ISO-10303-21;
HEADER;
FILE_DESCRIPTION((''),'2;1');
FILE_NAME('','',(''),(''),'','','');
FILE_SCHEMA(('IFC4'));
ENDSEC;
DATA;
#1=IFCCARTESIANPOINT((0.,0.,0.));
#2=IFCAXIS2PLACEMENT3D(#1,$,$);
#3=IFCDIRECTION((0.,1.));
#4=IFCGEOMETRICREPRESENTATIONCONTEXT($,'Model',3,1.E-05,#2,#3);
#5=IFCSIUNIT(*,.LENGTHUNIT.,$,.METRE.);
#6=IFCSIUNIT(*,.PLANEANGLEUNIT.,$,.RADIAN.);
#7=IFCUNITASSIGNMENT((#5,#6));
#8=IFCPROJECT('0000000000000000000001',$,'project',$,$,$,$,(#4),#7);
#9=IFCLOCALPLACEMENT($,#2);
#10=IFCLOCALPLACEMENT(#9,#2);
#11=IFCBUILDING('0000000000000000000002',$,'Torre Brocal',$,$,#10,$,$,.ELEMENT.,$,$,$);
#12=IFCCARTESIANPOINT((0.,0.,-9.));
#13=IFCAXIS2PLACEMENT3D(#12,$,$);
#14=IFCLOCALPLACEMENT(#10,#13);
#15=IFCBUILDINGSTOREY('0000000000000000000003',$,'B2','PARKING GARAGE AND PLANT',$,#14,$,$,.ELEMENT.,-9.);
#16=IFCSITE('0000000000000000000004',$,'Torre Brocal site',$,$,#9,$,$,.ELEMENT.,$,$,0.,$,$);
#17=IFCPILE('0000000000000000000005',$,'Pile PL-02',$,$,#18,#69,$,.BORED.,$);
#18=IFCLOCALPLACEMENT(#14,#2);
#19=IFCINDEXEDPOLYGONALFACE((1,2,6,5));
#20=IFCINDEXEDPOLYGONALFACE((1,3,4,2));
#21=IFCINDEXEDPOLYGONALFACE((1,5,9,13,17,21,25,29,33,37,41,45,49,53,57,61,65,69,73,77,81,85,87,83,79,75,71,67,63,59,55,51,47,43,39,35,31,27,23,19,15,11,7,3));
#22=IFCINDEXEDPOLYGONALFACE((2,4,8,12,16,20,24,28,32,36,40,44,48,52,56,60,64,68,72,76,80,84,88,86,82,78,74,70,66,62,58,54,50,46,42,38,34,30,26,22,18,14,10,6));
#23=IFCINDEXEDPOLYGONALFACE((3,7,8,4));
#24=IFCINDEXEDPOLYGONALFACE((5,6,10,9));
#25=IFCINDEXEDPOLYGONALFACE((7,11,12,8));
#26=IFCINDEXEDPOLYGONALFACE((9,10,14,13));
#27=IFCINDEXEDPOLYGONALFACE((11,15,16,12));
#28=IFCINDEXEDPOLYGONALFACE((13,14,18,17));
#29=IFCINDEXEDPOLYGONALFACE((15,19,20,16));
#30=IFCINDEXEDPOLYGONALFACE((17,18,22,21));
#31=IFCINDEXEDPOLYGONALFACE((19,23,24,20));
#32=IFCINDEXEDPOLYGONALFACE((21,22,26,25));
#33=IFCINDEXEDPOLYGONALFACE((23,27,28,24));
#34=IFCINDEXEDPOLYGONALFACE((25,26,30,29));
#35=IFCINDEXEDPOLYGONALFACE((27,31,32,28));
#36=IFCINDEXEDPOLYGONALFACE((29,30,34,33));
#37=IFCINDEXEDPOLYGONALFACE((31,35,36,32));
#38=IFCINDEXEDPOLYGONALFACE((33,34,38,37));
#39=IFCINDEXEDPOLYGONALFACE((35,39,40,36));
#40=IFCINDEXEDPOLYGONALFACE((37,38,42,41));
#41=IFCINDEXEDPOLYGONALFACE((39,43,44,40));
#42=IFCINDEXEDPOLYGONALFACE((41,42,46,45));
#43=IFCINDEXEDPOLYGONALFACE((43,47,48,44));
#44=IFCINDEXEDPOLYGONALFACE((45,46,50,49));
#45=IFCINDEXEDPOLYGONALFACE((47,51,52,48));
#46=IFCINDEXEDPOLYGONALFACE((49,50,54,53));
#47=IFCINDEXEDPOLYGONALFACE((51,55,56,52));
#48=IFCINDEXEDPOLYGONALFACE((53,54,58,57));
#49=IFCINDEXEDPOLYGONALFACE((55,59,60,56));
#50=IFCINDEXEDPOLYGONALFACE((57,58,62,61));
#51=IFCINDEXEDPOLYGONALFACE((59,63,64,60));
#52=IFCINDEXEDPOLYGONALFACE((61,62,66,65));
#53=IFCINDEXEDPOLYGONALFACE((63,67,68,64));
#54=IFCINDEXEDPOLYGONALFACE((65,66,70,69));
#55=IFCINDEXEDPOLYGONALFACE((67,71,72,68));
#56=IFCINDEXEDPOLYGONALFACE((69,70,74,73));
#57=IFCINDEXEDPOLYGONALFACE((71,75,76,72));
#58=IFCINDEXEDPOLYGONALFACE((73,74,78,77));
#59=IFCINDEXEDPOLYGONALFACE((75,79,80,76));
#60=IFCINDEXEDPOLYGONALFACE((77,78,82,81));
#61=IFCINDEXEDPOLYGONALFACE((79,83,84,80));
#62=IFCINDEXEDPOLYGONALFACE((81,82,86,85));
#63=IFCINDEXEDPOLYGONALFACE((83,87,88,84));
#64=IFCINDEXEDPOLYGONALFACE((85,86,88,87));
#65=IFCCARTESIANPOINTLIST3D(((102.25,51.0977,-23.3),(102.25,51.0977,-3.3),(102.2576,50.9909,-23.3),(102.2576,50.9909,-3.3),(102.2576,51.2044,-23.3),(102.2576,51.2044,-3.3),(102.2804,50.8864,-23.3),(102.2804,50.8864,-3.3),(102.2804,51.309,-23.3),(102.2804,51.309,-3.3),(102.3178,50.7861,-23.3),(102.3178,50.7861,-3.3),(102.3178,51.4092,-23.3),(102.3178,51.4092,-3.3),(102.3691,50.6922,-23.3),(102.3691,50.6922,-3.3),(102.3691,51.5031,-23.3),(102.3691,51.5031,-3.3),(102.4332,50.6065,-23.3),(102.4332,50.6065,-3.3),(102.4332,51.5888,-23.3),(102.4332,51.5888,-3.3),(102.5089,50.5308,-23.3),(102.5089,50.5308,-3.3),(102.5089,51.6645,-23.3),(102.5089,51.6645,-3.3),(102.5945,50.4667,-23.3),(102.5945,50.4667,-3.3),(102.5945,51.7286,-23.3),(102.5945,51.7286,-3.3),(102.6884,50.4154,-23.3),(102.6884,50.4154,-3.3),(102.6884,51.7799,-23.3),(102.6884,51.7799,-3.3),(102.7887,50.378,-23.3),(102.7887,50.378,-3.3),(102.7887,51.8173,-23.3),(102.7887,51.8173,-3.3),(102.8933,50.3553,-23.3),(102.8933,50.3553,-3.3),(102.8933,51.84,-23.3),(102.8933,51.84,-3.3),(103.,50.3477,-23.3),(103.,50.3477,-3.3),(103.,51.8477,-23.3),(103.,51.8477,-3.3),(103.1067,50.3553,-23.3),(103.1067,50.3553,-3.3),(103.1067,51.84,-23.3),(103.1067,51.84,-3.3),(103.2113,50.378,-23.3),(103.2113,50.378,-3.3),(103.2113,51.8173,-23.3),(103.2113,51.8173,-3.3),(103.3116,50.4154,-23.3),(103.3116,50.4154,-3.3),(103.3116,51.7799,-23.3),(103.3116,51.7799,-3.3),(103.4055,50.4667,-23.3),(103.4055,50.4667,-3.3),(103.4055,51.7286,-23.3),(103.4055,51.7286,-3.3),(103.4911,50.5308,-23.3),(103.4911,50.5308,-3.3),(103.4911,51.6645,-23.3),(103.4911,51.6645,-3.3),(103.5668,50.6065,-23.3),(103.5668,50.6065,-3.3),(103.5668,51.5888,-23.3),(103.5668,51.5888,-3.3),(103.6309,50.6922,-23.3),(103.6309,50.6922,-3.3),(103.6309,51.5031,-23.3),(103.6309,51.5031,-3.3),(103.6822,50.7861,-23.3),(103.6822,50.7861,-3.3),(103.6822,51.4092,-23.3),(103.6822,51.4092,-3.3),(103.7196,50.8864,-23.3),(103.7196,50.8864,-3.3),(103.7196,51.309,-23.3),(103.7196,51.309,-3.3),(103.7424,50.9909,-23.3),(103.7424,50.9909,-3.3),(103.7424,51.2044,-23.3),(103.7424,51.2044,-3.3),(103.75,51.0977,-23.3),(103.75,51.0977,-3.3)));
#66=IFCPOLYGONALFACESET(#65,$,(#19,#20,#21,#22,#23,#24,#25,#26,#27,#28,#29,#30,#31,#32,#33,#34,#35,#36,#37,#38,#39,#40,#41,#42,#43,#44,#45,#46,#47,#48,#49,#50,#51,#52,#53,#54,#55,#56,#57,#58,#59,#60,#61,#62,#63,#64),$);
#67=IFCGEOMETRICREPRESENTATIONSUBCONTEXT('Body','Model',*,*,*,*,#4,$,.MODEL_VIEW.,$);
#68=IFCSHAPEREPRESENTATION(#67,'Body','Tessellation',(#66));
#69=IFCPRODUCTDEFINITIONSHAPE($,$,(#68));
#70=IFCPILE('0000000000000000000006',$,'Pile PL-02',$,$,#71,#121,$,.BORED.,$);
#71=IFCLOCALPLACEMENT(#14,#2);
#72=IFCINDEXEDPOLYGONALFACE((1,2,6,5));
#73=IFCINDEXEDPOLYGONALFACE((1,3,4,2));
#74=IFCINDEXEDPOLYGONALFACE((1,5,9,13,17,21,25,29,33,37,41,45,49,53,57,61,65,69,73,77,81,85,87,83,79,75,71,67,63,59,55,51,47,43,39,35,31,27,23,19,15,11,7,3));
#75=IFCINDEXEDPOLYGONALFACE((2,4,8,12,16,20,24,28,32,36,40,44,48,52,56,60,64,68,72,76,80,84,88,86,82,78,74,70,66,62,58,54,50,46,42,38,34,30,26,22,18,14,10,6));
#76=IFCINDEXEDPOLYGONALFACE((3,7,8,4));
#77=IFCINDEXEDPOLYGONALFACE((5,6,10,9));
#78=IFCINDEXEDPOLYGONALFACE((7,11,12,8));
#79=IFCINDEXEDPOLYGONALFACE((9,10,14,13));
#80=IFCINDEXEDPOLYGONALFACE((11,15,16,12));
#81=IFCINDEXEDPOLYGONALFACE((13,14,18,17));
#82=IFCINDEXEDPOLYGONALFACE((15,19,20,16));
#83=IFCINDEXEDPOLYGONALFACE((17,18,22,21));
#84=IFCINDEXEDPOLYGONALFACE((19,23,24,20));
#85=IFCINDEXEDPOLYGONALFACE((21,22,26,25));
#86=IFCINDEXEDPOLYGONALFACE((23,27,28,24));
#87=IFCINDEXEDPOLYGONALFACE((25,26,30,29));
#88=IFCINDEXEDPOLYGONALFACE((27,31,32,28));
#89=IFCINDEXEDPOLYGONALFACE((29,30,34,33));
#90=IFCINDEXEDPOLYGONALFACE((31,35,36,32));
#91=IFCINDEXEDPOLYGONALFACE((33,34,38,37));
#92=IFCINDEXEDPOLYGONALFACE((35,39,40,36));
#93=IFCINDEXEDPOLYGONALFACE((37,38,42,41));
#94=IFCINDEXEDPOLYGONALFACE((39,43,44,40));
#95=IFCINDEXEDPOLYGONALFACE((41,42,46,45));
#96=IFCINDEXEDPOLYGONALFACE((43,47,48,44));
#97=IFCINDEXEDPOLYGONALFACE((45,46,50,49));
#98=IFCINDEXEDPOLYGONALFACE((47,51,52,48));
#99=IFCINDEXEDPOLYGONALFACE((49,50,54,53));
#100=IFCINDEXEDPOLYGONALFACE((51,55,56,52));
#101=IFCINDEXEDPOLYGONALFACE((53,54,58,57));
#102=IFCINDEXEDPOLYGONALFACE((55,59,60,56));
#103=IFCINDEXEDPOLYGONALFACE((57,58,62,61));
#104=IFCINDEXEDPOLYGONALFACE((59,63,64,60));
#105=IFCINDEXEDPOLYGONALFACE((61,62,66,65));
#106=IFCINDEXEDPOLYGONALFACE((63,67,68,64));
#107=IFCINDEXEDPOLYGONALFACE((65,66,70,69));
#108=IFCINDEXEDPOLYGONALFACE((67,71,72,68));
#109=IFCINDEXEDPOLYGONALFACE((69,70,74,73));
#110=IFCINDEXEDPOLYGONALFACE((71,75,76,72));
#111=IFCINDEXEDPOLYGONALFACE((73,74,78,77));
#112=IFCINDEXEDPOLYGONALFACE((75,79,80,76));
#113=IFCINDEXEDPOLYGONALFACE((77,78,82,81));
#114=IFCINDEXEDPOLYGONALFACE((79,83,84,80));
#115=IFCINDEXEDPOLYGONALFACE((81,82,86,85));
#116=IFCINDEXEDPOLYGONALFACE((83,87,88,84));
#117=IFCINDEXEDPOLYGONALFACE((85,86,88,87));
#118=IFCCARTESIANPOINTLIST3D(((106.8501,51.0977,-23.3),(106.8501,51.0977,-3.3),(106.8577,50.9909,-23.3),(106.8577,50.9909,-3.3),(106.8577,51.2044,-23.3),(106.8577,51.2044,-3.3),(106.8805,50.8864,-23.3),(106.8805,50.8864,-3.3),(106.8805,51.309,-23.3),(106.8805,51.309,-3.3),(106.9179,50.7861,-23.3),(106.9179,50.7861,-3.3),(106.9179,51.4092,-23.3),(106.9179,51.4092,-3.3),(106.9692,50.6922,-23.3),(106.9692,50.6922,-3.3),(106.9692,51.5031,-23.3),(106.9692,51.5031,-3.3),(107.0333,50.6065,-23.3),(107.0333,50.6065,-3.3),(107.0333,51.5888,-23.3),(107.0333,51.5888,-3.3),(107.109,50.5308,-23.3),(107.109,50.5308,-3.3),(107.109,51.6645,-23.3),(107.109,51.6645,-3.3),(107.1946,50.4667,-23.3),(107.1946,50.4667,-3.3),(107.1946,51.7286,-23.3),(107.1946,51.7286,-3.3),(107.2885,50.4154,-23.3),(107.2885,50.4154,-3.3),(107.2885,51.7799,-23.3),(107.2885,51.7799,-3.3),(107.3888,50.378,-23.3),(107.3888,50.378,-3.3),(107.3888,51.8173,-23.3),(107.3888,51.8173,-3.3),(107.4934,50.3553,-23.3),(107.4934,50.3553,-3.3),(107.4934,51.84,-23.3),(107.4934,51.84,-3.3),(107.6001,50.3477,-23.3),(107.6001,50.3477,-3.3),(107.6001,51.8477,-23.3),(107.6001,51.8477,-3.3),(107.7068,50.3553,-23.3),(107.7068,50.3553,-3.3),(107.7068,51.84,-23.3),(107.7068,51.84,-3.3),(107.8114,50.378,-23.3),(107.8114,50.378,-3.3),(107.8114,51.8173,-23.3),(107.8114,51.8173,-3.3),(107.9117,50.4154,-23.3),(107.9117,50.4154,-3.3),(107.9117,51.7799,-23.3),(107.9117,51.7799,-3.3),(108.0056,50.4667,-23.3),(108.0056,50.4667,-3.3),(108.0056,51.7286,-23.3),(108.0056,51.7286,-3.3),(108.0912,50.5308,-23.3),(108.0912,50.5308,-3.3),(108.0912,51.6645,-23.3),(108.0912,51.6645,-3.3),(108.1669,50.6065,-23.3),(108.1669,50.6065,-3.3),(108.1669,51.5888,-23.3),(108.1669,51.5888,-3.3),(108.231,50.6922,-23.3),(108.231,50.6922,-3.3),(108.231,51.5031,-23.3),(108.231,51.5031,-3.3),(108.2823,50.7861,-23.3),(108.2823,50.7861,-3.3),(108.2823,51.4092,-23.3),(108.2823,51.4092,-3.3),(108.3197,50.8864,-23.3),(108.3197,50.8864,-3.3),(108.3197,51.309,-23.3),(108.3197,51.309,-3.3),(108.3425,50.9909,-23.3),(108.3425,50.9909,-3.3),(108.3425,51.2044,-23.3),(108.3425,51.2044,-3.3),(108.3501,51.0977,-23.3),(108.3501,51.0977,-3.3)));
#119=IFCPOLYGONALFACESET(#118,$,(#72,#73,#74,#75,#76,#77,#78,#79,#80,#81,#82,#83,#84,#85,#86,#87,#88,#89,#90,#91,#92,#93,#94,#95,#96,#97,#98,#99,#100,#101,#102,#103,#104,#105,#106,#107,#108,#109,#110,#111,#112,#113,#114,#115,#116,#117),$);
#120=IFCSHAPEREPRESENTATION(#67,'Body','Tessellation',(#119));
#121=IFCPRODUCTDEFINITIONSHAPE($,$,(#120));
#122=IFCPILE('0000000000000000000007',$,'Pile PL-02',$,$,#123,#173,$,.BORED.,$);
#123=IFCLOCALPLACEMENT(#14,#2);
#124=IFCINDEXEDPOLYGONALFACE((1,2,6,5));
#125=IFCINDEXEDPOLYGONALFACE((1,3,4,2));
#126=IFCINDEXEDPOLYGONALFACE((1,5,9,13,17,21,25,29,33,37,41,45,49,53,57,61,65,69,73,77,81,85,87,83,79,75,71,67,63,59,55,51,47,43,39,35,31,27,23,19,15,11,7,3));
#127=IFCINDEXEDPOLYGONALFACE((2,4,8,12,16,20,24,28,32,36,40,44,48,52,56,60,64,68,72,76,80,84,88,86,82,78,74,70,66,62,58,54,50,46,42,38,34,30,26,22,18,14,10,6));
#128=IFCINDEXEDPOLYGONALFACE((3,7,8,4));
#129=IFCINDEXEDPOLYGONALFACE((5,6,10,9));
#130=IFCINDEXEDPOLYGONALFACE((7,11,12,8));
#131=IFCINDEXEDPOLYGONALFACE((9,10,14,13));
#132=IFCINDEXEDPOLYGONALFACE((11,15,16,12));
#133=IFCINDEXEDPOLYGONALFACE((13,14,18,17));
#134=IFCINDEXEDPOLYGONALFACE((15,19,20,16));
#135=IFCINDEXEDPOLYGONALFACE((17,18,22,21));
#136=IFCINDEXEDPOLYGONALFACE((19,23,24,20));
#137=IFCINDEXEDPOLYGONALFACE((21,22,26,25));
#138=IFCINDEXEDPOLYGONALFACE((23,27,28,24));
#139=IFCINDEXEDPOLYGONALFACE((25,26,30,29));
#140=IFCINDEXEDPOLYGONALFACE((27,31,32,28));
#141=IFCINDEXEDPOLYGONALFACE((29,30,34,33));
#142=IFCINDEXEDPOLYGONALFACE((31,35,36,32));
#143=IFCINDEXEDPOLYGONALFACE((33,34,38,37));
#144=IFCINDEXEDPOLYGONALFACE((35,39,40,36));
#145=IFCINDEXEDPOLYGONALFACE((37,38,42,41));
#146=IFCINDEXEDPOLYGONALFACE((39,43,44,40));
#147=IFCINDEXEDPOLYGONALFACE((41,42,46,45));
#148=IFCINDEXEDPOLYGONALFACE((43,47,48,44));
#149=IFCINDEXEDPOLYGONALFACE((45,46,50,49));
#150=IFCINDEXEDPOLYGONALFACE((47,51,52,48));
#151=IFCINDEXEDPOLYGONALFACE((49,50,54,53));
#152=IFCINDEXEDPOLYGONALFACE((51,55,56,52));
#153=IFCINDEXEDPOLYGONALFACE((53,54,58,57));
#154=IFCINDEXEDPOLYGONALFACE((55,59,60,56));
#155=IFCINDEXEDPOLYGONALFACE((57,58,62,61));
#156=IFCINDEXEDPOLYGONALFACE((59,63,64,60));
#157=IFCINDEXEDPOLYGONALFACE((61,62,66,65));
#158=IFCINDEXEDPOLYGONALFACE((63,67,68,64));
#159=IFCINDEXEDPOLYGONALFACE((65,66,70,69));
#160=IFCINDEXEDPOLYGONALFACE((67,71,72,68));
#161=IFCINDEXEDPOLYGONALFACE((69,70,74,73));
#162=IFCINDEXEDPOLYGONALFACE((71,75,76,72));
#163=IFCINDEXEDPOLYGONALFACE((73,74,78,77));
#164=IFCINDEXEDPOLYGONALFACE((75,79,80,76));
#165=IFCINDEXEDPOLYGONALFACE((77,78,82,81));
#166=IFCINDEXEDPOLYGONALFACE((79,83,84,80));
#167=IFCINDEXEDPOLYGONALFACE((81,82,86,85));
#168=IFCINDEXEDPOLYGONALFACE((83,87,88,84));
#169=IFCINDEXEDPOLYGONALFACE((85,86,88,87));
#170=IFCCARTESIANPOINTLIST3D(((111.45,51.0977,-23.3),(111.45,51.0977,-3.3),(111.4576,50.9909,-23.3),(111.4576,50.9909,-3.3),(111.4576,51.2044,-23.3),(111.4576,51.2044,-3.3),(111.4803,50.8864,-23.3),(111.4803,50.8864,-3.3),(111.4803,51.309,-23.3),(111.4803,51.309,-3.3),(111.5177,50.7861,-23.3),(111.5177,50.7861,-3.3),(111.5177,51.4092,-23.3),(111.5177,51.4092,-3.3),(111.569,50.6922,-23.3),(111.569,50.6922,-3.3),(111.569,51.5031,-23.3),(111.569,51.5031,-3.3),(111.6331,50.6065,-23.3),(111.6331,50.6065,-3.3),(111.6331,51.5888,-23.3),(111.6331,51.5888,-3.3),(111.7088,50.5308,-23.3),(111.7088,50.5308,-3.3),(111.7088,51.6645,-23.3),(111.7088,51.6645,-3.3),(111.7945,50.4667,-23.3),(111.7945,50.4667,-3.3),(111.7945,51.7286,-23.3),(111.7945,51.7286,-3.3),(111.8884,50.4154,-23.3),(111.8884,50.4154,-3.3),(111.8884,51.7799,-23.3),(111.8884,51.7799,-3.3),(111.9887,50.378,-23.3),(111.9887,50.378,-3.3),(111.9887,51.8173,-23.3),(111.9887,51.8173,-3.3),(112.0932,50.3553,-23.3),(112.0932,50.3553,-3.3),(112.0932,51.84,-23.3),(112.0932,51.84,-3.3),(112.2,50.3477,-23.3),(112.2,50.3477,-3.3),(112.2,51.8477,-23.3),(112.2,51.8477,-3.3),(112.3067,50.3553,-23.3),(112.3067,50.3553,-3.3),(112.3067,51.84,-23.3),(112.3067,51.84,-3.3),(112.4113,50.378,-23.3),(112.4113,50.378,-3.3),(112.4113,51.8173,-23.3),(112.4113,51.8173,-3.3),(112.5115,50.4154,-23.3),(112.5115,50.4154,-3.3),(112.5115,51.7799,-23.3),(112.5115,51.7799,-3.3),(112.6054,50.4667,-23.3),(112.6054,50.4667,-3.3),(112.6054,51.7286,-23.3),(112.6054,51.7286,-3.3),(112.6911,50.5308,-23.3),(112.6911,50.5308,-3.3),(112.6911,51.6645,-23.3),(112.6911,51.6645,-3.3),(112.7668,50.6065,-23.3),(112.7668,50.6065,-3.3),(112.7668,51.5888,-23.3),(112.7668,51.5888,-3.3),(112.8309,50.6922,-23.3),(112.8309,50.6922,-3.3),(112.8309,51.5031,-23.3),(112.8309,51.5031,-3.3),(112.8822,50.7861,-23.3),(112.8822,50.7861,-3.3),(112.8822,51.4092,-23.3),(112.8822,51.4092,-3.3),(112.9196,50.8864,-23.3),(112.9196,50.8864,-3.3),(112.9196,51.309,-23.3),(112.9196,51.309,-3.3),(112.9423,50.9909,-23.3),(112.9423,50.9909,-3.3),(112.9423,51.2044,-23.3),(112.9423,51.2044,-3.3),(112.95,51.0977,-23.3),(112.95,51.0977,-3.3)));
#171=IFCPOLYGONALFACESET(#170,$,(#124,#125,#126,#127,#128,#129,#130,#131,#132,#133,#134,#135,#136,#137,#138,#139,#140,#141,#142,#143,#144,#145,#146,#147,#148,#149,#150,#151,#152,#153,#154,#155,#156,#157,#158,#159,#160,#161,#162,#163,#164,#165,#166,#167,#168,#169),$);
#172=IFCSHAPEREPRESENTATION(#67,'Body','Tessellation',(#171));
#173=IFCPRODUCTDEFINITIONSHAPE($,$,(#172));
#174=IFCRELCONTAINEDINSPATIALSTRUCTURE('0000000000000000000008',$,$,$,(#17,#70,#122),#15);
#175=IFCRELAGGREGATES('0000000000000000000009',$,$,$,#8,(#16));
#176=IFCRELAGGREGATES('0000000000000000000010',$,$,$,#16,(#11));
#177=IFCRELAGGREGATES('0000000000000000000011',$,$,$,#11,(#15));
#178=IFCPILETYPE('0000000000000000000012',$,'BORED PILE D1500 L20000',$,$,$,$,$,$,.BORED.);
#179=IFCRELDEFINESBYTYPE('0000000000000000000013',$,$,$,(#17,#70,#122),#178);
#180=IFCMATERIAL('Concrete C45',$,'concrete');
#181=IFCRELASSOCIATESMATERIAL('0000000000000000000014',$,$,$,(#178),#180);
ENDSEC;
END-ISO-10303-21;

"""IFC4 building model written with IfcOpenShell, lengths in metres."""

from ifc_helpers import new_model, si_unit, direction, frame, origin, origin_2d, place, context, subcontext, project, spatial, circle, extrude, material, material_profile, profile_set, type_object, element, save


model = new_model("IFC4")

# Units and contexts
model_context = context("Model", 3, precision=1e-05, world=origin(), true_north=direction((0.0, 1.0)))
body_context = subcontext(model_context, "Body", "Model", "MODEL_VIEW")
ifc_project = project(units=[si_unit("LENGTHUNIT", "METRE"), si_unit("PLANEANGLEUNIT", "RADIAN")], contexts=[model_context])

# Site, building, storey
site_placement = place(None, origin())
site = spatial("IfcSite", under=ifc_project, at=site_placement, Name="Torre Brocal site", CompositionType="ELEMENT", RefElevation=0.0)
building_placement = place(site_placement, origin())
building = spatial("IfcBuilding", under=site, at=building_placement, Name="Torre Brocal", CompositionType="ELEMENT")
storey_placement = place(building_placement, frame((0.0, 0.0, -9.0)))
storey = spatial("IfcBuildingStorey", under=building, at=storey_placement, Name="B2", Description="PARKING GARAGE AND PLANT", CompositionType="ELEMENT", Elevation=-9.0)

# Piles
ifc_material_1 = material(Name="Concrete C45", Category="concrete")
ifc_material_profile_1 = material_profile(ifc_material_1, circle(Radius=0.75, at=origin_2d()), Name="BORED PILE D1500")
ifc_profile_set_1 = profile_set([ifc_material_profile_1], Name="Concrete C45")
pile_type_1 = type_object("IfcPileType", Name="BORED PILE D1500 L20000", PredefinedType="BORED", material=ifc_profile_set_1)
for number, where, z_axis, x_axis, name in (
    (1, (103.0, 51.0977, -3.3), (0.0, 0.0, -1.0), (1.0, 0.0, 0.0), "Pile PL-02"),
    (2, (107.6001, 51.0977, -3.3), (0.0, 0.0, -1.0), (1.0, 0.0, 0.0), "Pile PL-02"),
    (3, (112.2, 51.0977, -3.3), (0.0, 0.0, -1.0), (1.0, 0.0, 0.0), "Pile PL-02"),
):
    element("IfcPile", number, at=place(storey_placement, frame(where, z_axis=z_axis, x_axis=x_axis)), inside=storey, type_object=pile_type_1, Name=name, PredefinedType="BORED", context=body_context, shape_type="SweptSolid", body=[
        extrude(circle(Radius=0.75, at=origin_2d()), origin(), (0.0, 0.0, 1.0), 20.0),
    ])

save(model, "model.ifc")
